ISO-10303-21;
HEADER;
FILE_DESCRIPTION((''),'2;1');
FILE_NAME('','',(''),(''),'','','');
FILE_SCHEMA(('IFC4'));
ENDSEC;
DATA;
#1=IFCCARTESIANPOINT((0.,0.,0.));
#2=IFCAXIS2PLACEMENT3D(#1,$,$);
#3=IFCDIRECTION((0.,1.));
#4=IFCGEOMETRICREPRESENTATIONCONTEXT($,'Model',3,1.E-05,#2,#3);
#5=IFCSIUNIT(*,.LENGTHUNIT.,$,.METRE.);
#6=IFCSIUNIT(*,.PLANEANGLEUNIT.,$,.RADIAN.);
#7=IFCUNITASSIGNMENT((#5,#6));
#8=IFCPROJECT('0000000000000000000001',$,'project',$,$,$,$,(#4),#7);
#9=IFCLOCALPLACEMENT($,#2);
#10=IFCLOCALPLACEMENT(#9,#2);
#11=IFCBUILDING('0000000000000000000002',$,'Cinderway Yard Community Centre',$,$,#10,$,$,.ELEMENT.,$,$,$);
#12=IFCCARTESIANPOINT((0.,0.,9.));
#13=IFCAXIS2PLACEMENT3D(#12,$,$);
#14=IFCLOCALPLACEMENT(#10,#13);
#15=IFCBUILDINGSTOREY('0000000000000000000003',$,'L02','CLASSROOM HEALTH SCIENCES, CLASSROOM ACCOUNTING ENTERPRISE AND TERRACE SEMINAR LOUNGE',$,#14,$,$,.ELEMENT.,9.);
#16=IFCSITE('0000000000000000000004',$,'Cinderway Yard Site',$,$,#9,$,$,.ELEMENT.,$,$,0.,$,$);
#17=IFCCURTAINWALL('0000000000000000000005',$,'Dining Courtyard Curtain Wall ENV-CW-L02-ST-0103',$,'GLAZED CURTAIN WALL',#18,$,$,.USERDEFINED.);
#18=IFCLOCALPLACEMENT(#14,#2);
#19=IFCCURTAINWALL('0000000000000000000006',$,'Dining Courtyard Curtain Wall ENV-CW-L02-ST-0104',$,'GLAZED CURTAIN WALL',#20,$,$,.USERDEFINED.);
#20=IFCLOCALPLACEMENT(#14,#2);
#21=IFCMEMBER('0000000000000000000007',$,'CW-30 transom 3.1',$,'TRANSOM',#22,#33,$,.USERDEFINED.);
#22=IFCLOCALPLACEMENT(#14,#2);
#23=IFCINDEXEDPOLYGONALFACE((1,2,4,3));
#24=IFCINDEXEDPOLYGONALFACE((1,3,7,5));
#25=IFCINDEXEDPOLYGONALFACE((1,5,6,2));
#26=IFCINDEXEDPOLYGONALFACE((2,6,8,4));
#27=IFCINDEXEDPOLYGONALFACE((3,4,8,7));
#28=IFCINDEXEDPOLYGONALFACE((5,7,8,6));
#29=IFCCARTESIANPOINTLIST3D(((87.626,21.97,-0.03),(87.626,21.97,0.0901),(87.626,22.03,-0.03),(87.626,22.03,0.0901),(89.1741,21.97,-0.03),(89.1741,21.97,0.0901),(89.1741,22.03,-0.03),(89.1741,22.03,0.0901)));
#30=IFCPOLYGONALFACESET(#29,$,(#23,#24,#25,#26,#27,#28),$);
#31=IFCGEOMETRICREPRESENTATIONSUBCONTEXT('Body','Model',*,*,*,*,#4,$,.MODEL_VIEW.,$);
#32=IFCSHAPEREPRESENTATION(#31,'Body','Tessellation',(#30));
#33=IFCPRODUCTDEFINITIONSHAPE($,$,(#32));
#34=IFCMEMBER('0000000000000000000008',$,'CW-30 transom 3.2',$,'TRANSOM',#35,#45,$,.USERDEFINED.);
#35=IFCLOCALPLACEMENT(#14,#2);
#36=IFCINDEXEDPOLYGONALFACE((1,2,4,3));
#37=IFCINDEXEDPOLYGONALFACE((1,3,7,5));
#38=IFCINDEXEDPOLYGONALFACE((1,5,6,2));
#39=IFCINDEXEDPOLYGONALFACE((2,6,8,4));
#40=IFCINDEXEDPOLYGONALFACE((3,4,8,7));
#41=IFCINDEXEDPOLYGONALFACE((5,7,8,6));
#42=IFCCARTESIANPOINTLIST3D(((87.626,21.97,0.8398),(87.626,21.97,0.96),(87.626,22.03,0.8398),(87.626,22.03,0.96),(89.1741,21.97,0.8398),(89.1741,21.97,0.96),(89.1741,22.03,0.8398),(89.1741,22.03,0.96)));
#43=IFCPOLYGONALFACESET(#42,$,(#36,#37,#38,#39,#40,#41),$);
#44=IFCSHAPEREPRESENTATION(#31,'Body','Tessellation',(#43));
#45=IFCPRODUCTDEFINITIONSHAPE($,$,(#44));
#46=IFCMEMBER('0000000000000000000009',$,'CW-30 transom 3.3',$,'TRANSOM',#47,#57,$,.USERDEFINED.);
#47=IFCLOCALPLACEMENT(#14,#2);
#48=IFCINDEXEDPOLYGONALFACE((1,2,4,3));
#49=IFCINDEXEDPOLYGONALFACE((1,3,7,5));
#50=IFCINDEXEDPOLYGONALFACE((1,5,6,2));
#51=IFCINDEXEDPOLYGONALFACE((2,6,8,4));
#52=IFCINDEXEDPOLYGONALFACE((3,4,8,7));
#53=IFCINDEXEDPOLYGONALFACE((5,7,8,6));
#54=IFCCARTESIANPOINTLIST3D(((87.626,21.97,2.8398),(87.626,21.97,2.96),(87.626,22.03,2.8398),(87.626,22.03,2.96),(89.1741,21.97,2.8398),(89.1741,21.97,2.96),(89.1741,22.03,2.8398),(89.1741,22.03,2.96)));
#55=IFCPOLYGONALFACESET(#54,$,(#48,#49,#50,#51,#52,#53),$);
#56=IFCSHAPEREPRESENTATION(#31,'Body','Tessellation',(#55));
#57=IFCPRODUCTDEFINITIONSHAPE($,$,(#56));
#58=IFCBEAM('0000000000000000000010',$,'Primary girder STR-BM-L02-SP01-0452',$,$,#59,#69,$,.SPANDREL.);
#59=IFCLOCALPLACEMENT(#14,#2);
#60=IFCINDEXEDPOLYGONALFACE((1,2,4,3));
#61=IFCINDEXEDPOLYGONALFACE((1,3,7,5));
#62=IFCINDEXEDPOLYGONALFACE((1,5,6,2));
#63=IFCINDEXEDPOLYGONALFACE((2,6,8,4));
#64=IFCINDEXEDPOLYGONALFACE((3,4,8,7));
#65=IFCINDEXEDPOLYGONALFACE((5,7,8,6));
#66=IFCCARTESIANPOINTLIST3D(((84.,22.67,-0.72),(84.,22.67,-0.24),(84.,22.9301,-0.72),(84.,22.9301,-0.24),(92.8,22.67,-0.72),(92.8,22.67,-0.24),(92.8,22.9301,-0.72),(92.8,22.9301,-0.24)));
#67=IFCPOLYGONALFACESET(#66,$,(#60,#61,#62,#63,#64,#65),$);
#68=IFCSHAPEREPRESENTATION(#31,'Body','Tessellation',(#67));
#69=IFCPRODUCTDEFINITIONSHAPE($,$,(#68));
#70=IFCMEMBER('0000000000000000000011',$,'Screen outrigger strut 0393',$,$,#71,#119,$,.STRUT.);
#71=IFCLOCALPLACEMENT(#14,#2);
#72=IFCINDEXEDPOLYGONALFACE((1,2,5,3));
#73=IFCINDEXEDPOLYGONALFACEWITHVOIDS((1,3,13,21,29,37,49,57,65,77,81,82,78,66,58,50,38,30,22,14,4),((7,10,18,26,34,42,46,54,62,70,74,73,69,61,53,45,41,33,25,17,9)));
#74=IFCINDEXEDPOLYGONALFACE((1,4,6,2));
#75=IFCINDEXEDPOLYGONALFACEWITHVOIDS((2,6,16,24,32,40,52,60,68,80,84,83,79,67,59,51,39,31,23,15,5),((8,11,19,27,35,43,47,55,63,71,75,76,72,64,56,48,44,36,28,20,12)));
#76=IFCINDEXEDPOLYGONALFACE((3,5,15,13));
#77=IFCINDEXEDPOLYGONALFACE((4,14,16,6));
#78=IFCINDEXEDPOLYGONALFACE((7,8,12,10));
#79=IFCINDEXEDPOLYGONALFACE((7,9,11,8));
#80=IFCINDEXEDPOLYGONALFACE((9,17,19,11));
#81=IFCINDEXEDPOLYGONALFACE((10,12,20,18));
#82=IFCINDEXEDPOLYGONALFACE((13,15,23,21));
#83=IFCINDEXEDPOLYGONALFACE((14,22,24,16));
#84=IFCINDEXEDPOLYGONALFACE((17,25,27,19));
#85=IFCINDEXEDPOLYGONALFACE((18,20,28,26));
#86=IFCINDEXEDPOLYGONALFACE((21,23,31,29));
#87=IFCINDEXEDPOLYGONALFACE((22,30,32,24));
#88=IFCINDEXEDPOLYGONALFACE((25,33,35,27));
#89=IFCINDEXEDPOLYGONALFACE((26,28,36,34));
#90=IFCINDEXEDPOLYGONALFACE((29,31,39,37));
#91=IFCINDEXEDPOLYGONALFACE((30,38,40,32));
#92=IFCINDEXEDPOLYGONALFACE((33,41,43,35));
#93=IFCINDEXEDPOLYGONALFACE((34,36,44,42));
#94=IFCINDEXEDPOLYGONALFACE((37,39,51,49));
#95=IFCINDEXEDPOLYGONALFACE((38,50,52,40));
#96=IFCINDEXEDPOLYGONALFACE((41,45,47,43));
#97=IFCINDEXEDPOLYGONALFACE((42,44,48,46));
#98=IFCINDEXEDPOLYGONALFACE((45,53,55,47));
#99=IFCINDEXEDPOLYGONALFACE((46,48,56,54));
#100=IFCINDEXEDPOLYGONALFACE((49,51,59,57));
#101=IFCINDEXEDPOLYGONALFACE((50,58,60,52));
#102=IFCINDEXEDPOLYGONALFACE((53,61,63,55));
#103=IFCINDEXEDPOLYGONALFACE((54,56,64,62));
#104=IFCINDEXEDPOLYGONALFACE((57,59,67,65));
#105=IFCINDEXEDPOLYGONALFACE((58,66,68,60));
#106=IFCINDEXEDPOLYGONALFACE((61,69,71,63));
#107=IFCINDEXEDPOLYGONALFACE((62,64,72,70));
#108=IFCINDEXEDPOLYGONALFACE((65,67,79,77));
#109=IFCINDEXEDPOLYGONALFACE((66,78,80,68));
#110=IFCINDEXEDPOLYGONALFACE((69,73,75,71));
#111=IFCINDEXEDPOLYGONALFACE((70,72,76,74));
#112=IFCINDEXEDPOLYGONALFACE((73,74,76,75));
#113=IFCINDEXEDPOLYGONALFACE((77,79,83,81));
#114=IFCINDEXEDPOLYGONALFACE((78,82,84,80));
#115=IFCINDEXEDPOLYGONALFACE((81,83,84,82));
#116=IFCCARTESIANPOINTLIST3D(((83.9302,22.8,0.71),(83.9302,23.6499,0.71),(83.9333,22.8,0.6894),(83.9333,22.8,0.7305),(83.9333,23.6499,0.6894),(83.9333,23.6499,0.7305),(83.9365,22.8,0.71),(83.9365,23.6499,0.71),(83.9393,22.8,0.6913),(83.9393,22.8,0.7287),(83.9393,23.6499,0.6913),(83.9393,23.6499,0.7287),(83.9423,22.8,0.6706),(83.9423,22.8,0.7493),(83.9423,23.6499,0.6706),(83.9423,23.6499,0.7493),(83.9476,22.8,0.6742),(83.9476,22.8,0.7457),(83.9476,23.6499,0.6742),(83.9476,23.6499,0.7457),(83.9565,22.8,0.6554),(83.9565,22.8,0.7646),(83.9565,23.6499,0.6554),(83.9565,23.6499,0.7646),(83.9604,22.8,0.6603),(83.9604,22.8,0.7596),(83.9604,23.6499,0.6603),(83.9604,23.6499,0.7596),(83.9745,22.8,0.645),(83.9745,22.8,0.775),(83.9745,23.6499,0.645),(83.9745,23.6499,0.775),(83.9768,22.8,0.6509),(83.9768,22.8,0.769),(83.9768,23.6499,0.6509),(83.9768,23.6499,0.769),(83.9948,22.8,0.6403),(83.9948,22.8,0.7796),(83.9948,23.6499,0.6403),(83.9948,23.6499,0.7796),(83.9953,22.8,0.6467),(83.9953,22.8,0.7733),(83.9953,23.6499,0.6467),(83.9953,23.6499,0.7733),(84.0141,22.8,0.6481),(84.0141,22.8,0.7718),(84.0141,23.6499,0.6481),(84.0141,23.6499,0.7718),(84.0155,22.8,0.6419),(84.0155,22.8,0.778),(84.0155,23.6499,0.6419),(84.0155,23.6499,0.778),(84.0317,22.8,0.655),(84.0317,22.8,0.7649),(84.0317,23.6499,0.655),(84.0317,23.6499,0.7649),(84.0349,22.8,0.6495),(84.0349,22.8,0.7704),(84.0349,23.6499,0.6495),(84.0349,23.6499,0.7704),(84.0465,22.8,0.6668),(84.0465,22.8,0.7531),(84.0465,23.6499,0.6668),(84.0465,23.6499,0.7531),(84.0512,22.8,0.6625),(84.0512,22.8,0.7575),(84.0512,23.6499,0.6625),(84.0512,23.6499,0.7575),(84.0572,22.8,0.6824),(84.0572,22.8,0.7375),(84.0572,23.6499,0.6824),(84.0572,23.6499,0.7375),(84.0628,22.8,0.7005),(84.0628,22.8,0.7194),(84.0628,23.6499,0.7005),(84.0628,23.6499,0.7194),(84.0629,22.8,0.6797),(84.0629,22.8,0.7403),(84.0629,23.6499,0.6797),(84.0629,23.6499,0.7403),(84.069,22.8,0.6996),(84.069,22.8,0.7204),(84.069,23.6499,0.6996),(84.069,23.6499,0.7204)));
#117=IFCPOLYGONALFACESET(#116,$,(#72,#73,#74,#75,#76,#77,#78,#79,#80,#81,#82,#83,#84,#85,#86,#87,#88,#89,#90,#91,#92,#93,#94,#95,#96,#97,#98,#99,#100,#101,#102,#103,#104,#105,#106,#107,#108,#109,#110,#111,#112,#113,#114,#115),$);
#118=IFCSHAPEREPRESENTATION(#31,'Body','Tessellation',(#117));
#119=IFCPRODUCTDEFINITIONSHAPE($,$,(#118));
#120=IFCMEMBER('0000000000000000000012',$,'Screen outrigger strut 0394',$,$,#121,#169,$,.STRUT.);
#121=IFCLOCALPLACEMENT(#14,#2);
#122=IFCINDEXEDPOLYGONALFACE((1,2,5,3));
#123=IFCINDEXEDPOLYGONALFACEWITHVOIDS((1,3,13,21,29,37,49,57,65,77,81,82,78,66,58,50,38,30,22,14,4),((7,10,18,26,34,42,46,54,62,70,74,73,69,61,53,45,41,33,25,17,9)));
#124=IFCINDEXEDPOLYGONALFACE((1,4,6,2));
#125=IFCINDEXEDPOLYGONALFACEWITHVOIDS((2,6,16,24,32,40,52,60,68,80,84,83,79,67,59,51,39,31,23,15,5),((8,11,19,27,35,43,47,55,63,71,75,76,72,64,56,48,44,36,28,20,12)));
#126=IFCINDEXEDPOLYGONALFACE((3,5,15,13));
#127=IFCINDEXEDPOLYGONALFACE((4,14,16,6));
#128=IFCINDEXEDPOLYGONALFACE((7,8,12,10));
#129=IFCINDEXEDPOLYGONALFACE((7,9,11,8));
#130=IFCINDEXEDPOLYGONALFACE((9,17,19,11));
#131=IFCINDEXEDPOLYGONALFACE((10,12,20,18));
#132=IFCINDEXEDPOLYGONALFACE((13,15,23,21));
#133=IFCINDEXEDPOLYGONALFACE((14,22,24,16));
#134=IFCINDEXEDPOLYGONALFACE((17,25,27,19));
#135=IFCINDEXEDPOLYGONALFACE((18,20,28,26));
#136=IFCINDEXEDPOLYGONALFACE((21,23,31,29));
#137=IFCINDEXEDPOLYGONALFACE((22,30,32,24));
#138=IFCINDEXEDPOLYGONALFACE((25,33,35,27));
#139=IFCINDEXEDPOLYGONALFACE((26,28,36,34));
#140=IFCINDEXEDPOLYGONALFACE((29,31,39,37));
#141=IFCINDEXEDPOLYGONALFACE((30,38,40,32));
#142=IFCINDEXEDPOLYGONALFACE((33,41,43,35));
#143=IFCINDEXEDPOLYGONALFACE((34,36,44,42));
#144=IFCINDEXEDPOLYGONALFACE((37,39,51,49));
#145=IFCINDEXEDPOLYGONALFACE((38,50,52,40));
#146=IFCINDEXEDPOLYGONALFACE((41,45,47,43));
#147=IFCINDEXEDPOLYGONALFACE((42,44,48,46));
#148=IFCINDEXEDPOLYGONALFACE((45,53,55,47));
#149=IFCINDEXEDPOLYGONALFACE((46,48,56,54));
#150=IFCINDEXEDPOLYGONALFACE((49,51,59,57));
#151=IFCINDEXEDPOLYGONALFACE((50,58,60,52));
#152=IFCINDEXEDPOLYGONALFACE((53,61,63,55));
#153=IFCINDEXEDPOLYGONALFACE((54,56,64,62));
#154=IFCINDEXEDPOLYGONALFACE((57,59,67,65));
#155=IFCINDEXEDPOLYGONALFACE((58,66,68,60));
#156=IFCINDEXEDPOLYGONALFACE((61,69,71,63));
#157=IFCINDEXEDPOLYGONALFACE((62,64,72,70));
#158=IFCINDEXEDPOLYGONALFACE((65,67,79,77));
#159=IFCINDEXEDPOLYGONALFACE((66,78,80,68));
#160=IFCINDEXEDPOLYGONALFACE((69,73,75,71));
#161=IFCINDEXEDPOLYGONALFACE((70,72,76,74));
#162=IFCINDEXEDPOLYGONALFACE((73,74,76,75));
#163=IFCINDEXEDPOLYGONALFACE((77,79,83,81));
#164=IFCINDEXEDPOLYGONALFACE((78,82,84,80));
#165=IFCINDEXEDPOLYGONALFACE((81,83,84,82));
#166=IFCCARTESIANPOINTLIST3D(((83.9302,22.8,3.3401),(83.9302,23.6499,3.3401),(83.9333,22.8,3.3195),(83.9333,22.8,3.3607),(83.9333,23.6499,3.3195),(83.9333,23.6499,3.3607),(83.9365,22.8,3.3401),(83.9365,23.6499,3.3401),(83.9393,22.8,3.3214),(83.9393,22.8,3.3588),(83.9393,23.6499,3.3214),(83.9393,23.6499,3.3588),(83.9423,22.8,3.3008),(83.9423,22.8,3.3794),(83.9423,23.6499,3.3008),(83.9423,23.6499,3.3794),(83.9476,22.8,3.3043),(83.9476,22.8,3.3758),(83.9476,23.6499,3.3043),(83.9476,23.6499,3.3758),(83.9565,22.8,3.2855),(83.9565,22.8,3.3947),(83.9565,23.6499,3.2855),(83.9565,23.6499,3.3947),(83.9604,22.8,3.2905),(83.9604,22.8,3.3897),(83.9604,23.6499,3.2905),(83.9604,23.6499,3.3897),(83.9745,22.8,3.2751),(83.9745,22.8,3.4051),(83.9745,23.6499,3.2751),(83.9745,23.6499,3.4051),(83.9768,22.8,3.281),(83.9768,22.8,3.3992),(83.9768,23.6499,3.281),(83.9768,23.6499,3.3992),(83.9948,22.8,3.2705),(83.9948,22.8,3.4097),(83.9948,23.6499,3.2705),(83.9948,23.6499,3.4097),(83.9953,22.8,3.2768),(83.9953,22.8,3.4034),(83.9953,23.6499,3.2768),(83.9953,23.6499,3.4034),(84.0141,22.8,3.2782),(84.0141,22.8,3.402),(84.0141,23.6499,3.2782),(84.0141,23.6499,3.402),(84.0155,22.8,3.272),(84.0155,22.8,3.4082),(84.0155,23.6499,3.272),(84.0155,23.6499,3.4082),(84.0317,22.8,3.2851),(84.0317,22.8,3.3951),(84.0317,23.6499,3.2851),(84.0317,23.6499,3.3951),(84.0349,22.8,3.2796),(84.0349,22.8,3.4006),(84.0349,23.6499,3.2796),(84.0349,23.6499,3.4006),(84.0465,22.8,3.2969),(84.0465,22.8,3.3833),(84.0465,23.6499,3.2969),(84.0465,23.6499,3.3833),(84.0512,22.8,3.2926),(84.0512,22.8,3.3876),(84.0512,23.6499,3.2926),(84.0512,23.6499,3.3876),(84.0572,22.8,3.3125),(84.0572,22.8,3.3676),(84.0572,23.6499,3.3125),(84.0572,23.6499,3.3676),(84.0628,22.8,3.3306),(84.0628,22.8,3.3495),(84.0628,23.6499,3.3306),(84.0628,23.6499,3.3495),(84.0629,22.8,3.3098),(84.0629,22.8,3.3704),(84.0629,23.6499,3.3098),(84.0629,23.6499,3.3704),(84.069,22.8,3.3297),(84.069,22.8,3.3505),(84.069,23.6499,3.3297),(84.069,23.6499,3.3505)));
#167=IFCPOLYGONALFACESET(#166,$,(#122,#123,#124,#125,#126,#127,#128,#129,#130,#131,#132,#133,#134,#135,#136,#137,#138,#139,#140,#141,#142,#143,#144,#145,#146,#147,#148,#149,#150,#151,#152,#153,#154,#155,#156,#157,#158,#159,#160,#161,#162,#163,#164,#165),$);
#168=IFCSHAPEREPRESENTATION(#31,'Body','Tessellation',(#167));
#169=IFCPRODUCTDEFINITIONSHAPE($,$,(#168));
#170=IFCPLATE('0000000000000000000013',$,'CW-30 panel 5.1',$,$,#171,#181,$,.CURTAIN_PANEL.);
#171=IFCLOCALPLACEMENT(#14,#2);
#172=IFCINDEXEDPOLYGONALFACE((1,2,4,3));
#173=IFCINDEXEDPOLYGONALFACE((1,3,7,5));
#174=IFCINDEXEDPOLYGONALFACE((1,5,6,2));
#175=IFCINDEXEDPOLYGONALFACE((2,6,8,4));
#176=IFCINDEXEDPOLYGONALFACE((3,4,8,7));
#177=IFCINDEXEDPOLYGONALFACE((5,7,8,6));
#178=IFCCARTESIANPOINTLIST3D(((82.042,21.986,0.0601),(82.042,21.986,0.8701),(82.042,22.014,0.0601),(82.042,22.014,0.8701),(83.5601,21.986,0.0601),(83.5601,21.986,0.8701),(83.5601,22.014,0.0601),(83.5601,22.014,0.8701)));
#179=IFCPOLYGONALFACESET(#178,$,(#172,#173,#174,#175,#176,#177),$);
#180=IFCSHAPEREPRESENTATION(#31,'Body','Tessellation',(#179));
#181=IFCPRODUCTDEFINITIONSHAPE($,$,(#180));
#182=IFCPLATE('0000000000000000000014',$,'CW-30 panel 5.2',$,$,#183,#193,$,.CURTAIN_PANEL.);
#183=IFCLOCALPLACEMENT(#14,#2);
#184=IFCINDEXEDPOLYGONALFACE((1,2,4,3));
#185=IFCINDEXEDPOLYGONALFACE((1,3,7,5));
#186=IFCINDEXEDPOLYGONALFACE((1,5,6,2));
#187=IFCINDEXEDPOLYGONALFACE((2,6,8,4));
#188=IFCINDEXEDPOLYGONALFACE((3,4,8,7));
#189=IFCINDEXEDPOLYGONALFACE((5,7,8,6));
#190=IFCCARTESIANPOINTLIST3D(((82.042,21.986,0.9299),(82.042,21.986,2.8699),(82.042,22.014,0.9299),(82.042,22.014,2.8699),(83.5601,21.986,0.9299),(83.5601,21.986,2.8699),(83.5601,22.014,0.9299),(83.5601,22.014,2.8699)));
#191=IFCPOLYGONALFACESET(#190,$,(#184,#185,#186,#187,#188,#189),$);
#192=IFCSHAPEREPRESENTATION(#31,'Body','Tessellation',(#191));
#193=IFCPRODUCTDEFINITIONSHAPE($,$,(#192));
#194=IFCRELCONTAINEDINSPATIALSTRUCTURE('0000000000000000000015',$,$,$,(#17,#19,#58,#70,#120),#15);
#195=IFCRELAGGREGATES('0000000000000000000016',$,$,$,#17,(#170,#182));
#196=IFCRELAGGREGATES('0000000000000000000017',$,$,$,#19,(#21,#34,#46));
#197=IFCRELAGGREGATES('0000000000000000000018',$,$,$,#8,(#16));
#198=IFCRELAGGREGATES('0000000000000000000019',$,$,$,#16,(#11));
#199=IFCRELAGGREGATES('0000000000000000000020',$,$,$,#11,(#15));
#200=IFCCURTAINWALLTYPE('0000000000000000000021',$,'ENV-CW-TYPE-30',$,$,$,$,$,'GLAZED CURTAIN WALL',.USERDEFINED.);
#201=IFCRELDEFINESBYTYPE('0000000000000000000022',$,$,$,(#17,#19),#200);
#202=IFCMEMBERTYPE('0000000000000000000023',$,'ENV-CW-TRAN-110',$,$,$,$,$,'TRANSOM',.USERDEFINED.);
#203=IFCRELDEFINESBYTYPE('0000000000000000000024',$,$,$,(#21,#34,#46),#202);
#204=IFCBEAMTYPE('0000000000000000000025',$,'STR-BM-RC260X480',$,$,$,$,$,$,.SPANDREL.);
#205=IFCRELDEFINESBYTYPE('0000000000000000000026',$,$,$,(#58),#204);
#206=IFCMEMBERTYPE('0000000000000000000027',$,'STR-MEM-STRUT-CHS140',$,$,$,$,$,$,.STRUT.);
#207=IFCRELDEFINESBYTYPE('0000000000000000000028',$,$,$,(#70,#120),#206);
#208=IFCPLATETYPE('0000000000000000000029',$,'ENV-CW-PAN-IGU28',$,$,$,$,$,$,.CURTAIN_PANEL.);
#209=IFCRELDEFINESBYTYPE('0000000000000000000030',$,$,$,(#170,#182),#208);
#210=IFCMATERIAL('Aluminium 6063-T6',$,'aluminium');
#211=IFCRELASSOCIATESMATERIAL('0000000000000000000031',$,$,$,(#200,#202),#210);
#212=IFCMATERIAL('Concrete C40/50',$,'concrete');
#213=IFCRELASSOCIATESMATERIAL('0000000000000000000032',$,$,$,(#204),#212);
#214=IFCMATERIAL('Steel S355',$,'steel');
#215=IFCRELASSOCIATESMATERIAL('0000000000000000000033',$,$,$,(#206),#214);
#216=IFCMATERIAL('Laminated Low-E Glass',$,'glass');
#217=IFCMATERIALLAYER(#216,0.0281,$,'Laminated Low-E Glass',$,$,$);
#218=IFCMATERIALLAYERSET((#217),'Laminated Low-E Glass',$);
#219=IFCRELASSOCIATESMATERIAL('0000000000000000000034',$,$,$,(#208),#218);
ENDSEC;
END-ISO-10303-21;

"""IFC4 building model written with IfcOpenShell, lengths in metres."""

from ifc_helpers import new_model, si_unit, direction, frame, origin, origin_2d, place, context, subcontext, project, spatial, rectangle, hollow_circle, extrude, material, layer, layer_set, material_profile, profile_set, type_object, element, aggregate, save


model = new_model("IFC4")

# Units and contexts
model_context = context("Model", 3, precision=1e-05, world=origin(), true_north=direction((0.0, 1.0)))
body_context = subcontext(model_context, "Body", "Model", "MODEL_VIEW")
ifc_project = project(units=[si_unit("LENGTHUNIT", "METRE"), si_unit("PLANEANGLEUNIT", "RADIAN")], contexts=[model_context])

# Site, building, storey
site_placement = place(None, origin())
site = spatial("IfcSite", under=ifc_project, at=site_placement, Name="Cinderway Yard Site", CompositionType="ELEMENT", RefElevation=0.0)
building_placement = place(site_placement, origin())
building = spatial("IfcBuilding", under=site, at=building_placement, Name="Cinderway Yard Community Centre", CompositionType="ELEMENT")
storey_placement = place(building_placement, frame((0.0, 0.0, 9.0)))
storey = spatial("IfcBuildingStorey", under=building, at=storey_placement, Name="L02", Description="CLASSROOM HEALTH SCIENCES, CLASSROOM ACCOUNTING ENTERPRISE AND TERRACE SEMINAR LOUNGE", CompositionType="ELEMENT", Elevation=9.0)

# Shared definitions
ifc_material_1 = material(Name="Concrete C40/50", Category="concrete")

# Curtain wall
ifc_material_2 = material(Name="Aluminium 6063-T6", Category="aluminium")
curtain_wall_type = type_object("IfcCurtainWallType", Name="ENV-CW-TYPE-30", ElementType="GLAZED CURTAIN WALL", PredefinedType="USERDEFINED", material=ifc_material_2)
curtain_wall_1_placement = place(storey_placement, origin())
curtain_wall_1 = element("IfcCurtainWall", 1, at=curtain_wall_1_placement, inside=storey, type_object=curtain_wall_type, Name="Dining Courtyard Curtain Wall ENV-CW-L02-ST-0103", ObjectType="GLAZED CURTAIN WALL", PredefinedType="USERDEFINED")

# Curtain wall
curtain_wall_2_placement = place(storey_placement, origin())
curtain_wall_2 = element("IfcCurtainWall", 2, at=curtain_wall_2_placement, inside=storey, type_object=curtain_wall_type, Name="Dining Courtyard Curtain Wall ENV-CW-L02-ST-0104", ObjectType="GLAZED CURTAIN WALL", PredefinedType="USERDEFINED")

# Members
ifc_material_profile_1 = material_profile(ifc_material_2, rectangle(XDim=0.0601, YDim=0.1201, at=origin_2d()), Name="Aluminium 6063-T6")
ifc_profile_set_1 = profile_set([ifc_material_profile_1], Name="Aluminium 6063-T6")
member_type_1 = type_object("IfcMemberType", Name="ENV-CW-TRAN-110", ElementType="TRANSOM", PredefinedType="USERDEFINED", material=ifc_profile_set_1)
member_1_placement = place(storey_placement, frame((87.626, 22.0, 0.03), z_axis=(1.0, 0.0, 0.0), x_axis=(0.0, 1.0, 0.0)))
member_1 = element("IfcMember", 3, at=member_1_placement, type_object=member_type_1, Name="CW-30 transom 3.1", ObjectType="TRANSOM", PredefinedType="USERDEFINED", context=body_context, shape_type="SweptSolid", body=[
    extrude(rectangle(XDim=0.0601, YDim=0.1201, at=origin_2d()), origin(), (0.0, 0.0, 1.0), 1.5481),
])
member_2_placement = place(storey_placement, frame((87.626, 22.0, 0.8999), z_axis=(1.0, 0.0, 0.0), x_axis=(0.0, 1.0, 0.0)))
member_2 = element("IfcMember", 4, at=member_2_placement, type_object=member_type_1, Name="CW-30 transom 3.2", ObjectType="TRANSOM", PredefinedType="USERDEFINED", context=body_context, shape_type="SweptSolid", body=[
    extrude(rectangle(XDim=0.0601, YDim=0.1201, at=origin_2d()), origin(), (0.0, 0.0, 1.0), 1.5481),
])
member_3_placement = place(storey_placement, frame((87.626, 22.0, 2.8999), z_axis=(1.0, 0.0, 0.0), x_axis=(0.0, 1.0, 0.0)))
member_3 = element("IfcMember", 5, at=member_3_placement, type_object=member_type_1, Name="CW-30 transom 3.3", ObjectType="TRANSOM", PredefinedType="USERDEFINED", context=body_context, shape_type="SweptSolid", body=[
    extrude(rectangle(XDim=0.0601, YDim=0.1201, at=origin_2d()), origin(), (0.0, 0.0, 1.0), 1.5481),
])

# Beam
ifc_material_profile_2 = material_profile(ifc_material_1, rectangle(XDim=0.26, YDim=0.48, at=origin_2d()), Name="Concrete C40/50")
ifc_profile_set_2 = profile_set([ifc_material_profile_2], Name="Concrete C40/50")
beam_type = type_object("IfcBeamType", Name="STR-BM-RC260X480", PredefinedType="SPANDREL", material=ifc_profile_set_2)
beam_placement = place(storey_placement, frame((84.0, 22.8, -0.48), z_axis=(1.0, 0.0, 0.0), x_axis=(0.0, 1.0, 0.0)))
element("IfcBeam", 6, at=beam_placement, inside=storey, type_object=beam_type, Name="Primary girder STR-BM-L02-SP01-0452", PredefinedType="SPANDREL", context=body_context, shape_type="SweptSolid", body=[
    extrude(rectangle(XDim=0.26, YDim=0.48, at=origin_2d()), origin(), (0.0, 0.0, 1.0), 8.8),
])

# Members
ifc_material_3 = material(Name="Steel S355", Category="steel")
ifc_material_profile_3 = material_profile(ifc_material_3, hollow_circle(Radius=0.0698, WallThickness=0.0063, at=origin_2d()), Name="Steel S355")
ifc_profile_set_3 = profile_set([ifc_material_profile_3], Name="Steel S355")
member_type_2 = type_object("IfcMemberType", Name="STR-MEM-STRUT-CHS140", PredefinedType="STRUT", material=ifc_profile_set_3)
for number, where, z_axis, x_axis, name in (
    (7, (84.0, 22.8, 0.71), (0.0, 1.0, 0.0), (-1.0, 0.0, 0.0), "Screen outrigger strut 0393"),
    (8, (84.0, 22.8, 3.3401), (0.0, 1.0, 0.0), (-1.0, 0.0, 0.0), "Screen outrigger strut 0394"),
):
    element("IfcMember", number, at=place(storey_placement, frame(where, z_axis=z_axis, x_axis=x_axis)), inside=storey, type_object=member_type_2, Name=name, PredefinedType="STRUT", context=body_context, shape_type="SweptSolid", body=[
        extrude(hollow_circle(Radius=0.0698, WallThickness=0.0063, at=origin_2d()), origin(), (0.0, 0.0, 1.0), 0.8499),
    ])

# Plates
ifc_material_4 = material(Name="Laminated Low-E Glass", Category="glass")
ifc_layer = layer(ifc_material_4, 0.0281, Name="Laminated Low-E Glass")
ifc_layer_set = layer_set([ifc_layer], Name="Laminated Low-E Glass")
plate_type = type_object("IfcPlateType", Name="ENV-CW-PAN-IGU28", PredefinedType="CURTAIN_PANEL", material=ifc_layer_set)
plate_1_placement = place(storey_placement, frame((82.801, 22.0, 0.0601), z_axis=(0.0, 0.0, 1.0), x_axis=(1.0, 0.0, 0.0)))
plate_1 = element("IfcPlate", 9, at=plate_1_placement, type_object=plate_type, Name="CW-30 panel 5.1", PredefinedType="CURTAIN_PANEL", context=body_context, shape_type="SweptSolid", body=[
    extrude(rectangle(XDim=1.5181, YDim=0.0281, at=origin_2d()), origin(), (0.0, 0.0, 1.0), 0.8101),
])
plate_2_placement = place(storey_placement, frame((82.801, 22.0, 0.9299), z_axis=(0.0, 0.0, 1.0), x_axis=(1.0, 0.0, 0.0)))
plate_2 = element("IfcPlate", 10, at=plate_2_placement, type_object=plate_type, Name="CW-30 panel 5.2", PredefinedType="CURTAIN_PANEL", context=body_context, shape_type="SweptSolid", body=[
    extrude(rectangle(XDim=1.5181, YDim=0.0281, at=origin_2d()), origin(), (0.0, 0.0, 1.0), 1.9399),
])
aggregate(curtain_wall_1, [plate_1, plate_2])
aggregate(curtain_wall_2, [member_1, member_2, member_3])

save(model, "model.ifc")
